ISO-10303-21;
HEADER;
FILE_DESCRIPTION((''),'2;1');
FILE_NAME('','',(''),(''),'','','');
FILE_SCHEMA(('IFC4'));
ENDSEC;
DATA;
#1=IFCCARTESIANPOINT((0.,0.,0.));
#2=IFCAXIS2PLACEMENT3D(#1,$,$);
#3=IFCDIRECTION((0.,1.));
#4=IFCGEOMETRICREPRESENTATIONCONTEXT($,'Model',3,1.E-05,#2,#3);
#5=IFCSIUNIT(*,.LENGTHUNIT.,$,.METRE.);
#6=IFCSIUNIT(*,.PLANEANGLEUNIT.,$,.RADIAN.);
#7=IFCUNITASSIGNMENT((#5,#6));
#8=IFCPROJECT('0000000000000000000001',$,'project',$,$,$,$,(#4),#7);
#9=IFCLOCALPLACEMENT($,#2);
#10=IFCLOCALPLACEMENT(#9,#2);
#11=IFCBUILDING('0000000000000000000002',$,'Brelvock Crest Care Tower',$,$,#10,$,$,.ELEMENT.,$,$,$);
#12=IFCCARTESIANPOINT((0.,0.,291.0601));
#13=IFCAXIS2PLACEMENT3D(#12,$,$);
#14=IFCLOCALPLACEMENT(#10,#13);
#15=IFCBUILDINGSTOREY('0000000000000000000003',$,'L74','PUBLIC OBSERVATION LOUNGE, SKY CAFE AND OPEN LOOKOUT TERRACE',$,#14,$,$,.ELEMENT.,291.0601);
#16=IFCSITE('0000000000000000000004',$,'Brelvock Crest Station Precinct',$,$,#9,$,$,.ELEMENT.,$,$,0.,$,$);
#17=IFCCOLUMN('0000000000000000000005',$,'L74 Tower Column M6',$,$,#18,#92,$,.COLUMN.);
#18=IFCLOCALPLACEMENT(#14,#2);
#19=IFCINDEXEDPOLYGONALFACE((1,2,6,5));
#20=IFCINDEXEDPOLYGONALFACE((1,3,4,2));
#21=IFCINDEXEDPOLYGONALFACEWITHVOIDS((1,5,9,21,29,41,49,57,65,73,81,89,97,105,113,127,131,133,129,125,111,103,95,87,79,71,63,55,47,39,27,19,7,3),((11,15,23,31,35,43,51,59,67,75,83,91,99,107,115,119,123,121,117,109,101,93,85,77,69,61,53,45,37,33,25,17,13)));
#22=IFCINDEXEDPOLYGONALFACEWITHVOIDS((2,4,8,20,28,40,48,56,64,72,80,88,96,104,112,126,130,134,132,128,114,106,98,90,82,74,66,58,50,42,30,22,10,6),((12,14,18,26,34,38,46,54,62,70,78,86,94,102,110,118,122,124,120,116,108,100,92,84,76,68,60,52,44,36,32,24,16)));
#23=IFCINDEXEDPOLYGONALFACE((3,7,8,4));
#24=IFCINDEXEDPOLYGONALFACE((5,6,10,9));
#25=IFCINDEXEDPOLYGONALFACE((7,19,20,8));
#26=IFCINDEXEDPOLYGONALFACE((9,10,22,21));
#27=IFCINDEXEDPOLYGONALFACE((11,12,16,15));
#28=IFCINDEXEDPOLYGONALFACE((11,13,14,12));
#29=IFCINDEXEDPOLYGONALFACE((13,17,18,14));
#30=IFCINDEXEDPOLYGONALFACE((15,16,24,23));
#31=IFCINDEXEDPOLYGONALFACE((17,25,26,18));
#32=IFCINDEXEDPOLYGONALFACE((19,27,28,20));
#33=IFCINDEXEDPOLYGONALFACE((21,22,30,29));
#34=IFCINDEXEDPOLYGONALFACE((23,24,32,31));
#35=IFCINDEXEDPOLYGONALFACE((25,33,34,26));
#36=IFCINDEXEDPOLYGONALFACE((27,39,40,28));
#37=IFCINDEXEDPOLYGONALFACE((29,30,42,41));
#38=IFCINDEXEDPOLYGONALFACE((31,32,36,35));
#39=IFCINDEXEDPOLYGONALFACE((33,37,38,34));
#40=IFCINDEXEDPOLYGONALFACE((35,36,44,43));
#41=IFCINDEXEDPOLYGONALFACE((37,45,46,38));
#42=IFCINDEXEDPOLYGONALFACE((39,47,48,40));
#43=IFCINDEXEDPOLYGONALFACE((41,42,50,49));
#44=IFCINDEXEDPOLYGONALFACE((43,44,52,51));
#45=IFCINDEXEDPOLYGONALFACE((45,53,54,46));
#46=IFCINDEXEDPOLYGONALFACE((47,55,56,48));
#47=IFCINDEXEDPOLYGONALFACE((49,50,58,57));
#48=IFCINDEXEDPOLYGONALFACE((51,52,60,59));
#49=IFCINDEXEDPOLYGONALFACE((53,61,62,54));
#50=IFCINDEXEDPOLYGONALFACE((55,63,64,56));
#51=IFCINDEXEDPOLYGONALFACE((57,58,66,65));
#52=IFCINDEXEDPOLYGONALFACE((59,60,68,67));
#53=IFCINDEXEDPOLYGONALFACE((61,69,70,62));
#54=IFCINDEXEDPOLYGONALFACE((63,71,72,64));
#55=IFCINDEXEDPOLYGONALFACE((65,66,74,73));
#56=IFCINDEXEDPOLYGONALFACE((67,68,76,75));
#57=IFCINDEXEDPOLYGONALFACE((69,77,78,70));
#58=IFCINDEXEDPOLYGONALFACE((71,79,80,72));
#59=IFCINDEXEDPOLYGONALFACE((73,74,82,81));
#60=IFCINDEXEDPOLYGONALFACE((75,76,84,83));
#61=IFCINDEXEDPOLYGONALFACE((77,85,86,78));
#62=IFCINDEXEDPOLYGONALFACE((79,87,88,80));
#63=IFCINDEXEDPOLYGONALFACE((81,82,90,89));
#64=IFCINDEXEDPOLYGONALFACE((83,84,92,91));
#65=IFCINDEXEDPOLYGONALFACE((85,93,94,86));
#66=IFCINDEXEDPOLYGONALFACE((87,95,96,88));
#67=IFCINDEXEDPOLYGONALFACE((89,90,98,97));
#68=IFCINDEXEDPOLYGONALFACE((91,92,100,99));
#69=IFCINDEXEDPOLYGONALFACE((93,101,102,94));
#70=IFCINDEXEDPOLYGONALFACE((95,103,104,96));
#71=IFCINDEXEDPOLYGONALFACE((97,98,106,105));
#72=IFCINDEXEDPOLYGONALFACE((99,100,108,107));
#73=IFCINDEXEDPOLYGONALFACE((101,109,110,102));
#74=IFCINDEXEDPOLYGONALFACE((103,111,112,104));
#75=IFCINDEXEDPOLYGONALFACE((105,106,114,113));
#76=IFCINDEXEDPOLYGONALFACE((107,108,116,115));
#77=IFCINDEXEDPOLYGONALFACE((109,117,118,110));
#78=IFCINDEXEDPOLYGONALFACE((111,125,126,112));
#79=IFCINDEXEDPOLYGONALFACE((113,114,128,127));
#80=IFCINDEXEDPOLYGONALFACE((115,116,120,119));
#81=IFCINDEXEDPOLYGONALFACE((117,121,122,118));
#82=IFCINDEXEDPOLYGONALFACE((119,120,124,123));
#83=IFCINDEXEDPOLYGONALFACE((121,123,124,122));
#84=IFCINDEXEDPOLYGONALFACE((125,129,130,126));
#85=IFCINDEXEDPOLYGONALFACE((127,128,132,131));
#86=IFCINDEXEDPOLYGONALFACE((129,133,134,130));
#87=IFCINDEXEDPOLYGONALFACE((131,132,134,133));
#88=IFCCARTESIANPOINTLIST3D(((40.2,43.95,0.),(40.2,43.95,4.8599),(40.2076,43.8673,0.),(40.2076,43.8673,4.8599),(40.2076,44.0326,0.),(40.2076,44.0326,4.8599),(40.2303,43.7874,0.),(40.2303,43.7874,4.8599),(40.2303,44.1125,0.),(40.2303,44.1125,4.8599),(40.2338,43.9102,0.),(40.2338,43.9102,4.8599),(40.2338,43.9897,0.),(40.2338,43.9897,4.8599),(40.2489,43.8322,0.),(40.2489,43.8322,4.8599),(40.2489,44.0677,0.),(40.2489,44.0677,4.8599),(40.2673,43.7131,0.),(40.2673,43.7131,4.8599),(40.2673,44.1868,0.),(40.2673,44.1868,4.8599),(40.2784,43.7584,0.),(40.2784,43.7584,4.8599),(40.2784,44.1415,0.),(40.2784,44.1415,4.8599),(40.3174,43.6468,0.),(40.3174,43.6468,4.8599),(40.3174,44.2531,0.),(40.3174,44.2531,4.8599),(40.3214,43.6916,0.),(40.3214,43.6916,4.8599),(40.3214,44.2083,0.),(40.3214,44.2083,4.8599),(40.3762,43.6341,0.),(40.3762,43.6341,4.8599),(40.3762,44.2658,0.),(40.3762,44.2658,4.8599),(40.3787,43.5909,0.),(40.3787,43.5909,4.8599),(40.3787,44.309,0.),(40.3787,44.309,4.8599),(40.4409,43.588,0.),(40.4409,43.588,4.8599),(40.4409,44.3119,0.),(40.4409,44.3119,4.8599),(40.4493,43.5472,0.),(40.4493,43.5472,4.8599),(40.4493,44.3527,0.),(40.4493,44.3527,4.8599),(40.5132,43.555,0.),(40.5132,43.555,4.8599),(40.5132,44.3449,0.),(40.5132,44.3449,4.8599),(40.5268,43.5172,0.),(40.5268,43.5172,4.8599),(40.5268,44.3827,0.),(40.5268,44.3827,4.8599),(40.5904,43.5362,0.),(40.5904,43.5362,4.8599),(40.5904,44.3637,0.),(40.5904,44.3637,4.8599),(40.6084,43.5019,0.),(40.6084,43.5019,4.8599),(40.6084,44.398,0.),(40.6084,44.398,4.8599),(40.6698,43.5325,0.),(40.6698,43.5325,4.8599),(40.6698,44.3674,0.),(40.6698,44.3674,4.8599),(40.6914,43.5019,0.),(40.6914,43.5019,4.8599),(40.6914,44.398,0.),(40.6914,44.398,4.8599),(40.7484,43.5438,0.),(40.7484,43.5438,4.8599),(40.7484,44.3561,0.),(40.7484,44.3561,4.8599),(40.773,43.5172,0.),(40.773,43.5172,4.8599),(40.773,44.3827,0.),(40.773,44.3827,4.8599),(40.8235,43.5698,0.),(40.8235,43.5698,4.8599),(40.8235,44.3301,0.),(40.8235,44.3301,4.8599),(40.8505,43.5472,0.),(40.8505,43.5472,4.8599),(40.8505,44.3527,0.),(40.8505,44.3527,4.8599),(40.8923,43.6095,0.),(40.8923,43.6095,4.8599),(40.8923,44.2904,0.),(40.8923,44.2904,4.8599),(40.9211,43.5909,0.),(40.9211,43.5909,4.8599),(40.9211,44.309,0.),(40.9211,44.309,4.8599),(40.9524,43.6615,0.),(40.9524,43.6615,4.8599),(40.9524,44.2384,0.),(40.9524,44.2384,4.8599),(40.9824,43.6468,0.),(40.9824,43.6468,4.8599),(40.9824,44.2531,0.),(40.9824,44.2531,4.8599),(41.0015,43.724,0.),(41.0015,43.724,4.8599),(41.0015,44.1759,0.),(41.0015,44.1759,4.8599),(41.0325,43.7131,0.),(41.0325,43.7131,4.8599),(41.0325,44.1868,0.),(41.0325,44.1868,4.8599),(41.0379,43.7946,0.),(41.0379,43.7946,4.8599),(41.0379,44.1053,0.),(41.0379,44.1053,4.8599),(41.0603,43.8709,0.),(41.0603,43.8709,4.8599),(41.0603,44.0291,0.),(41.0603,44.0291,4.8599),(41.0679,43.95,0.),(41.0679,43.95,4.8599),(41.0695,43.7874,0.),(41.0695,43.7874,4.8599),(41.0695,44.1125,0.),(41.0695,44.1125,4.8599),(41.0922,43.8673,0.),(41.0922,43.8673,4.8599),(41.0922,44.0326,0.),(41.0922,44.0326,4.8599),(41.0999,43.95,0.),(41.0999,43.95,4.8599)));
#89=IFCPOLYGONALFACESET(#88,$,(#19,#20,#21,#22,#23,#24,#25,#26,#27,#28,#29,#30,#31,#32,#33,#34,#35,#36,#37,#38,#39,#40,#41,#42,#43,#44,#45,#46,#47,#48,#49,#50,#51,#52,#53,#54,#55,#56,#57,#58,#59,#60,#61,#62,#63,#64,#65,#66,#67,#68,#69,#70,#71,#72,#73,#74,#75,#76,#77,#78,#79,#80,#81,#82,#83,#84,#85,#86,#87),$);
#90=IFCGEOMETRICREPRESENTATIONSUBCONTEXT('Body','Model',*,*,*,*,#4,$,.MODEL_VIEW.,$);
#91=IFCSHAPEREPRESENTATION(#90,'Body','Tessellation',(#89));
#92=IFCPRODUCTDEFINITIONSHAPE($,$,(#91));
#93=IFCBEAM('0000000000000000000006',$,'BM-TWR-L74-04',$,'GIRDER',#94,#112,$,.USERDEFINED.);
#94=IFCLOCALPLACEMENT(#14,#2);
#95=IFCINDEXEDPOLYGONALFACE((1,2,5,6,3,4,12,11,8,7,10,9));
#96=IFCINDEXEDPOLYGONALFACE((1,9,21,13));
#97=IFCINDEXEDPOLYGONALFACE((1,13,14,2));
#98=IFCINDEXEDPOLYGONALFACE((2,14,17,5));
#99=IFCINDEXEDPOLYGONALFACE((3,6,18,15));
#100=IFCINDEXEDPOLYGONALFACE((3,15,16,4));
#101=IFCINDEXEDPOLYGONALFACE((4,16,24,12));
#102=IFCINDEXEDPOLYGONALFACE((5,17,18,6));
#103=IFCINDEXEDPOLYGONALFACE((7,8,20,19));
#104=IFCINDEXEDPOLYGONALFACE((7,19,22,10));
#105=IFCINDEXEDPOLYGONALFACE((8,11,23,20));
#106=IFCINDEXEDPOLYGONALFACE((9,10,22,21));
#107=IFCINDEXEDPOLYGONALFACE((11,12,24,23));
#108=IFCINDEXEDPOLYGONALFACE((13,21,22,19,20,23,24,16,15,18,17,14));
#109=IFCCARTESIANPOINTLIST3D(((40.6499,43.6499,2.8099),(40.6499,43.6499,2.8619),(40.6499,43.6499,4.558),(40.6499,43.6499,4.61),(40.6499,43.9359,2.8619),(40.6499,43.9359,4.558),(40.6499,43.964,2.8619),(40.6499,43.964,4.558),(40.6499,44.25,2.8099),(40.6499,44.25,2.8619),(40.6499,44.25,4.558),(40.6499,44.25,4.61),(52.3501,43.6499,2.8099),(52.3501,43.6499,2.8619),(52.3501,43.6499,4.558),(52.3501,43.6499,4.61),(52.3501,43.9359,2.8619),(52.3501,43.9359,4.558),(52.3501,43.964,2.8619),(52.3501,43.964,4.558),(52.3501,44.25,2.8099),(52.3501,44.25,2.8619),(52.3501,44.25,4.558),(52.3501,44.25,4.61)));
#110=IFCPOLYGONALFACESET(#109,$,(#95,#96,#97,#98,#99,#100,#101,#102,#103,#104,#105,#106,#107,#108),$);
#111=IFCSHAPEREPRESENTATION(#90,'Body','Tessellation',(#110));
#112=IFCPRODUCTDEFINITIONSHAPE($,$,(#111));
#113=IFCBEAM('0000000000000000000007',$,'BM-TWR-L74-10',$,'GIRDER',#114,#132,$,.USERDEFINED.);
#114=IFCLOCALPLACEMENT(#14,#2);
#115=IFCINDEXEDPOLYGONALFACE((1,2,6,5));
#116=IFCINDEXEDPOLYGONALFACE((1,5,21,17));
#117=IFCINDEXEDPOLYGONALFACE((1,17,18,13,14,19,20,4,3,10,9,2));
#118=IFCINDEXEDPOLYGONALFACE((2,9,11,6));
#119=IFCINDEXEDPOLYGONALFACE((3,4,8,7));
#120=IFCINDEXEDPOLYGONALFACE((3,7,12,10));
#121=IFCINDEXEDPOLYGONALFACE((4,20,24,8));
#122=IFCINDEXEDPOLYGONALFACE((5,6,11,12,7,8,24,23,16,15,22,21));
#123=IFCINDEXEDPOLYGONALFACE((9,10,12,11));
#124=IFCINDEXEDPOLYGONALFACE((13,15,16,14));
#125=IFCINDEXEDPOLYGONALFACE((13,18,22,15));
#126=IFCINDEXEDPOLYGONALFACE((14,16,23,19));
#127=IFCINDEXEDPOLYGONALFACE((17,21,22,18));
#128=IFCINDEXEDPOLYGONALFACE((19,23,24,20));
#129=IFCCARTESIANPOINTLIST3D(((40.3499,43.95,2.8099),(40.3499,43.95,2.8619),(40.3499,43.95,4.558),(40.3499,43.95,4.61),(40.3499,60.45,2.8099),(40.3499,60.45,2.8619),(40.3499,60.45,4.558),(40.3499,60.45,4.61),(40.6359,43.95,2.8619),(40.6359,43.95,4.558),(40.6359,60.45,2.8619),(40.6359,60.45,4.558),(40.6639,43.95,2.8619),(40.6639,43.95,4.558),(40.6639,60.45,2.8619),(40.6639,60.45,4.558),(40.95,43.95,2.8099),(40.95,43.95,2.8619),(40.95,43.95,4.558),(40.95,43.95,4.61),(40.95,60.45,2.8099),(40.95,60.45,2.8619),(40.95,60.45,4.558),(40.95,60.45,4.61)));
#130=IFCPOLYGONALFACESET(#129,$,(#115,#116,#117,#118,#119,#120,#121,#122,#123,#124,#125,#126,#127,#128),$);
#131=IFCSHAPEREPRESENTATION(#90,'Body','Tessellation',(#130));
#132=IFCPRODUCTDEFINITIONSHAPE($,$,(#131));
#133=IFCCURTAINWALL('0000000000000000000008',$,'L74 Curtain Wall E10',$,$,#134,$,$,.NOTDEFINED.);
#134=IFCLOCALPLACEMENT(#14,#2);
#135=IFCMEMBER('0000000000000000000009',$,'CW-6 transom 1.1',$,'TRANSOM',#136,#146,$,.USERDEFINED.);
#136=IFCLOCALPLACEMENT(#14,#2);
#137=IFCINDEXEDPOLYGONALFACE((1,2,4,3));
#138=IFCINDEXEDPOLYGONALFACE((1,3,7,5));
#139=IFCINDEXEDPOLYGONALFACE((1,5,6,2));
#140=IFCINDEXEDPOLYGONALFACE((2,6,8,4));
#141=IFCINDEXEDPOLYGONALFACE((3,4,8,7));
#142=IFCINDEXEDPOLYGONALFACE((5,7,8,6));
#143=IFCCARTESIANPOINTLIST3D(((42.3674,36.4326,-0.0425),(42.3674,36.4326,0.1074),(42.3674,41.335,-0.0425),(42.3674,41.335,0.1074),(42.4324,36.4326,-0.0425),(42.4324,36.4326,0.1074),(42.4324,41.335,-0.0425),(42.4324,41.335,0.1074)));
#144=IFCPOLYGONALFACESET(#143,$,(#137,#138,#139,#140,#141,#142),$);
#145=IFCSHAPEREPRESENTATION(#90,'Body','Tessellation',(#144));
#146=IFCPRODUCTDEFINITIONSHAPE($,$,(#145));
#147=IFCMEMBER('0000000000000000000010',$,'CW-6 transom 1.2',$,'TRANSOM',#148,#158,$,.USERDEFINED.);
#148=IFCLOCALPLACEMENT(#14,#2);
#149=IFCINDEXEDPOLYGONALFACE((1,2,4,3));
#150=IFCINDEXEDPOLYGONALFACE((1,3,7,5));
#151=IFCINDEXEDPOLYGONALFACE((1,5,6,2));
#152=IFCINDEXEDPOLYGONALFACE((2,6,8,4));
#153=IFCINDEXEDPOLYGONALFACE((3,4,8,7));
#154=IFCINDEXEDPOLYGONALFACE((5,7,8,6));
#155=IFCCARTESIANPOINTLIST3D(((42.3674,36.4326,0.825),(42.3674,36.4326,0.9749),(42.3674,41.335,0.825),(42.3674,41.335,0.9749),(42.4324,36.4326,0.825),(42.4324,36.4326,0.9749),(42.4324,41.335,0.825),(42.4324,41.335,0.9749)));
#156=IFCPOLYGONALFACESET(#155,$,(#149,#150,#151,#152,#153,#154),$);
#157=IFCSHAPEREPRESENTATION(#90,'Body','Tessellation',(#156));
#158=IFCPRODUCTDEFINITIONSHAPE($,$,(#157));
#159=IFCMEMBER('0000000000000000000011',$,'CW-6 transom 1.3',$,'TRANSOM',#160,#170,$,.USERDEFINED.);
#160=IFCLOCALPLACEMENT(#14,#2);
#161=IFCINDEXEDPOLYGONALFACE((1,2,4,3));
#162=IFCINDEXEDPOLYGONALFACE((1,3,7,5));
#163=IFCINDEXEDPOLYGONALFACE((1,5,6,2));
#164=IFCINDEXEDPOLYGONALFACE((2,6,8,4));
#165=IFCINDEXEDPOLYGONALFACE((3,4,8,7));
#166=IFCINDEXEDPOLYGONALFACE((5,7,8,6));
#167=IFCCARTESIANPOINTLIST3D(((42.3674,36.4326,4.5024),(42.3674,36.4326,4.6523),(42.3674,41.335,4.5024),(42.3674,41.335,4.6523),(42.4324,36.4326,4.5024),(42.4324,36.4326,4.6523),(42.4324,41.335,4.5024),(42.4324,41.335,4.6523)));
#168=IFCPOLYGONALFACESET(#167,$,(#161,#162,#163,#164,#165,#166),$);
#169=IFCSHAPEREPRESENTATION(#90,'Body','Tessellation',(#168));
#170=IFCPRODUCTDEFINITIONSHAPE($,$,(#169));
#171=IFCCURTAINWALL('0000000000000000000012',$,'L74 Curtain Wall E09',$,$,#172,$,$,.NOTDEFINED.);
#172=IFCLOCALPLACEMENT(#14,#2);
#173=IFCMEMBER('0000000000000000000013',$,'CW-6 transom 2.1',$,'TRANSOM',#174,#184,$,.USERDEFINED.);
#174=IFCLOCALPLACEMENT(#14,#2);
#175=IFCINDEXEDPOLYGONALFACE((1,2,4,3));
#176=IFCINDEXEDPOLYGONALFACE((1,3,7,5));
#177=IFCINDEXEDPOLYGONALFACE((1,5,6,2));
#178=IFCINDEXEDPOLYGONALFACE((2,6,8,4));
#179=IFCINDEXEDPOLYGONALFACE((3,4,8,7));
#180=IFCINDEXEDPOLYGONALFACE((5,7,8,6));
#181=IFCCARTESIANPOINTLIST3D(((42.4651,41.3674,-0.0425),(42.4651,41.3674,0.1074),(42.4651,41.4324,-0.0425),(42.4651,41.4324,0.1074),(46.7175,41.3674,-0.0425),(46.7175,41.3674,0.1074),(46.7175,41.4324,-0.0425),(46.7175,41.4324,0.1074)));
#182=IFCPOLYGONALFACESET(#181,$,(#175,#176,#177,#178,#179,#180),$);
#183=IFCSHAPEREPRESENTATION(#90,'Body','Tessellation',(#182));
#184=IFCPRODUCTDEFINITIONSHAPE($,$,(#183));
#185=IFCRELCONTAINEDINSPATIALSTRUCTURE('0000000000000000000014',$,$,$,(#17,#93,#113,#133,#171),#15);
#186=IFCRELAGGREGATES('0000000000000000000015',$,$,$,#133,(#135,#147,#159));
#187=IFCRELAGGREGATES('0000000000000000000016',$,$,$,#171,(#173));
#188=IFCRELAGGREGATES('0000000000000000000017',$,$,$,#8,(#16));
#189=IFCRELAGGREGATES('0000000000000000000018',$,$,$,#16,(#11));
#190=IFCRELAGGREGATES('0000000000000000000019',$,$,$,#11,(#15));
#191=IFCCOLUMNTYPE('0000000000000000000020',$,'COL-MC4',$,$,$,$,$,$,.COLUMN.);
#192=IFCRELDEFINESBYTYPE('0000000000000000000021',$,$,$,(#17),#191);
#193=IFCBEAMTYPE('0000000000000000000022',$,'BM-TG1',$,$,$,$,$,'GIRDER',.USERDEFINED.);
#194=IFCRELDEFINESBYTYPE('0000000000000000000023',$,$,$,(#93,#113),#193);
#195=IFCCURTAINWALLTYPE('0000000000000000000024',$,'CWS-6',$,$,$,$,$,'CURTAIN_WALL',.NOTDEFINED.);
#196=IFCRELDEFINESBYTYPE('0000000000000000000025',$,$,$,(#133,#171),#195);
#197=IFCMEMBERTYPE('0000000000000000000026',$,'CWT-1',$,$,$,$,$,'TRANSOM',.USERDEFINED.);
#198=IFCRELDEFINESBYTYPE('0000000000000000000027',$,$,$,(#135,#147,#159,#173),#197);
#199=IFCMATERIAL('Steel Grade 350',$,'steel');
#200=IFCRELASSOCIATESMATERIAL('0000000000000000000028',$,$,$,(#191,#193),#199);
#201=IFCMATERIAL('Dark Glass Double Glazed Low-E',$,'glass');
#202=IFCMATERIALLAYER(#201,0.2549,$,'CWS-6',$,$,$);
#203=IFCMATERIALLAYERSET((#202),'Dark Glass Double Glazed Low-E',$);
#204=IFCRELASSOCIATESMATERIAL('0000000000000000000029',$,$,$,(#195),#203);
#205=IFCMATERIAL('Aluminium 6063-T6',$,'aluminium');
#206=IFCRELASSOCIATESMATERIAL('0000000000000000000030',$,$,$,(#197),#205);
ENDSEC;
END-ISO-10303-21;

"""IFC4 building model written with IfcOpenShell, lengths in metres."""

from ifc_helpers import new_model, si_unit, direction, frame, origin, origin_2d, place, context, subcontext, project, spatial, rectangle, hollow_circle, i_section, extrude, source, transform, mapped, material, layer, layer_set, material_profile, profile_set, type_object, element, aggregate, save


model = new_model("IFC4")

# Units and contexts
model_context = context("Model", 3, precision=1e-05, world=origin(), true_north=direction((0.0, 1.0)))
body_context = subcontext(model_context, "Body", "Model", "MODEL_VIEW")
ifc_project = project(units=[si_unit("LENGTHUNIT", "METRE"), si_unit("PLANEANGLEUNIT", "RADIAN")], contexts=[model_context])

# Site, building, storey
site_placement = place(None, origin())
site = spatial("IfcSite", under=ifc_project, at=site_placement, Name="Brelvock Crest Station Precinct", CompositionType="ELEMENT", RefElevation=0.0)
building_placement = place(site_placement, origin())
building = spatial("IfcBuilding", under=site, at=building_placement, Name="Brelvock Crest Care Tower", CompositionType="ELEMENT")
storey_placement = place(building_placement, frame((0.0, 0.0, 291.0601)))
storey = spatial("IfcBuildingStorey", under=building, at=storey_placement, Name="L74", Description="PUBLIC OBSERVATION LOUNGE, SKY CAFE AND OPEN LOOKOUT TERRACE", CompositionType="ELEMENT", Elevation=291.0601)

# Column
ifc_material_1 = material(Name="Steel Grade 350", Category="steel")
ifc_material_profile_1 = material_profile(ifc_material_1, hollow_circle(Radius=0.45, WallThickness=0.032, at=origin_2d()), Name="CFT900x32")
ifc_profile_set_1 = profile_set([ifc_material_profile_1], Name="Steel Grade 350")
column_type = type_object("IfcColumnType", Name="COL-MC4", PredefinedType="COLUMN", material=ifc_profile_set_1)
shared_shape_1 = source(origin(), body_context, "Body", "SweptSolid", [
    extrude(hollow_circle(Radius=0.45, WallThickness=0.032, at=origin_2d()), origin(), (0.0, 0.0, 1.0), 4.8599),
])
column_placement = place(storey_placement, frame((40.6499, 43.95, 0.0), z_axis=(0.0, 0.0, 1.0), x_axis=(1.0, 0.0, 0.0)))
element("IfcColumn", 1, at=column_placement, inside=storey, type_object=column_type, Name="L74 Tower Column M6", PredefinedType="COLUMN", context=body_context, shape_type="MappedRepresentation", body=[
    mapped(shared_shape_1, transform((0.0, 0.0, 0.0), x_axis=(1.0, 0.0, 0.0), y_axis=(0.0, 1.0, 0.0), z_axis=(0.0, 0.0, 1.0), scale=1.0)),
])

# Beams
ifc_material_profile_2 = material_profile(ifc_material_1, i_section(OverallWidth=0.6001, OverallDepth=1.8, WebThickness=0.0281, FlangeThickness=0.052, at=origin_2d()), Name="1800TG740")
ifc_profile_set_2 = profile_set([ifc_material_profile_2], Name="Steel Grade 350")
beam_type = type_object("IfcBeamType", Name="BM-TG1", ElementType="GIRDER", PredefinedType="USERDEFINED", material=ifc_profile_set_2)
shared_shape_2 = source(origin(), body_context, "Body", "SweptSolid", [
    extrude(i_section(OverallWidth=0.6001, OverallDepth=1.8, WebThickness=0.0281, FlangeThickness=0.052, at=origin_2d()), origin(), (0.0, 0.0, 1.0), 11.7002),
])
beam_1_placement = place(storey_placement, frame((40.6499, 43.95, 3.71), z_axis=(1.0, 0.0, 0.0), x_axis=(0.0, 1.0, 0.0)))
element("IfcBeam", 2, at=beam_1_placement, inside=storey, type_object=beam_type, Name="BM-TWR-L74-04", ObjectType="GIRDER", PredefinedType="USERDEFINED", context=body_context, shape_type="MappedRepresentation", body=[
    mapped(shared_shape_2, transform((0.0, 0.0, 0.0), x_axis=(1.0, 0.0, 0.0), y_axis=(0.0, 1.0, 0.0), z_axis=(0.0, 0.0, 1.0), scale=1.0)),
])
shared_shape_3 = source(origin(), body_context, "Body", "SweptSolid", [
    extrude(i_section(OverallWidth=0.6001, OverallDepth=1.8, WebThickness=0.0281, FlangeThickness=0.052, at=origin_2d()), origin(), (0.0, 0.0, 1.0), 16.5),
])
beam_2_placement = place(storey_placement, frame((40.6499, 43.95, 3.71), z_axis=(0.0, 1.0, 0.0), x_axis=(-1.0, 0.0, 0.0)))
element("IfcBeam", 3, at=beam_2_placement, inside=storey, type_object=beam_type, Name="BM-TWR-L74-10", ObjectType="GIRDER", PredefinedType="USERDEFINED", context=body_context, shape_type="MappedRepresentation", body=[
    mapped(shared_shape_3, transform((0.0, 0.0, 0.0), x_axis=(1.0, 0.0, 0.0), y_axis=(0.0, 1.0, 0.0), z_axis=(0.0, 0.0, 1.0), scale=1.0)),
])

# Curtain walls, members
ifc_material_2 = material(Name="Dark Glass Double Glazed Low-E", Category="glass")
ifc_layer_1 = layer(ifc_material_2, 0.2549, Name="CWS-6")
ifc_layer_set_1 = layer_set([ifc_layer_1], Name="Dark Glass Double Glazed Low-E")
curtain_wall_type = type_object("IfcCurtainWallType", Name="CWS-6", ElementType="CURTAIN_WALL", PredefinedType="NOTDEFINED", material=ifc_layer_set_1)
curtain_wall_1_placement = place(storey_placement, origin())
curtain_wall_1 = element("IfcCurtainWall", 4, at=curtain_wall_1_placement, inside=storey, type_object=curtain_wall_type, Name="L74 Curtain Wall E10", PredefinedType="NOTDEFINED")
ifc_material_3 = material(Name="Aluminium 6063-T6", Category="aluminium")
ifc_material_profile_3 = material_profile(ifc_material_3, rectangle(XDim=0.0649, YDim=0.1499, at=origin_2d()), Name="ALU65x150")
ifc_profile_set_3 = profile_set([ifc_material_profile_3], Name="Aluminium 6063-T6")
member_type_1 = type_object("IfcMemberType", Name="CWT-1", ElementType="TRANSOM", PredefinedType="USERDEFINED", material=ifc_profile_set_3)
shared_shape_4 = source(origin(), body_context, "Body", "SweptSolid", [
    extrude(rectangle(XDim=0.0649, YDim=0.1499, at=origin_2d()), origin(), (0.0, 0.0, 1.0), 4.9023),
])
member_1_placement = place(storey_placement, frame((42.3999, 41.335, 0.0325), z_axis=(0.0, -1.0, 0.0), x_axis=(1.0, 0.0, 0.0)))
member_1 = element("IfcMember", 5, at=member_1_placement, type_object=member_type_1, Name="CW-6 transom 1.1", ObjectType="TRANSOM", PredefinedType="USERDEFINED", context=body_context, shape_type="MappedRepresentation", body=[
    mapped(shared_shape_4, transform((0.0, 0.0, 0.0), x_axis=(1.0, 0.0, 0.0), y_axis=(0.0, 1.0, 0.0), z_axis=(0.0, 0.0, 1.0), scale=1.0)),
])
member_2_placement = place(storey_placement, frame((42.3999, 41.335, 0.8999), z_axis=(0.0, -1.0, 0.0), x_axis=(1.0, 0.0, 0.0)))
member_2 = element("IfcMember", 6, at=member_2_placement, type_object=member_type_1, Name="CW-6 transom 1.2", ObjectType="TRANSOM", PredefinedType="USERDEFINED", context=body_context, shape_type="MappedRepresentation", body=[
    mapped(shared_shape_4, transform((0.0, 0.0, 0.0), x_axis=(1.0, 0.0, 0.0), y_axis=(0.0, 1.0, 0.0), z_axis=(0.0, 0.0, 1.0), scale=1.0)),
])
member_3_placement = place(storey_placement, frame((42.3999, 41.335, 4.5774), z_axis=(0.0, -1.0, 0.0), x_axis=(1.0, 0.0, 0.0)))
member_3 = element("IfcMember", 7, at=member_3_placement, type_object=member_type_1, Name="CW-6 transom 1.3", ObjectType="TRANSOM", PredefinedType="USERDEFINED", context=body_context, shape_type="MappedRepresentation", body=[
    mapped(shared_shape_4, transform((0.0, 0.0, 0.0), x_axis=(1.0, 0.0, 0.0), y_axis=(0.0, 1.0, 0.0), z_axis=(0.0, 0.0, 1.0), scale=1.0)),
])
curtain_wall_2_placement = place(storey_placement, origin())
curtain_wall_2 = element("IfcCurtainWall", 8, at=curtain_wall_2_placement, inside=storey, type_object=curtain_wall_type, Name="L74 Curtain Wall E09", PredefinedType="NOTDEFINED")
shared_shape_5 = source(origin(), body_context, "Body", "SweptSolid", [
    extrude(rectangle(XDim=0.0649, YDim=0.1499, at=origin_2d()), origin(), (0.0, 0.0, 1.0), 4.2524),
])
member_4_placement = place(storey_placement, frame((46.7175, 41.3999, 0.0325), z_axis=(-1.0, 0.0, 0.0), x_axis=(0.0, -1.0, 0.0)))
member_4 = element("IfcMember", 9, at=member_4_placement, type_object=member_type_1, Name="CW-6 transom 2.1", ObjectType="TRANSOM", PredefinedType="USERDEFINED", context=body_context, shape_type="MappedRepresentation", body=[
    mapped(shared_shape_5, transform((0.0, 0.0, 0.0), x_axis=(1.0, 0.0, 0.0), y_axis=(0.0, 1.0, 0.0), z_axis=(0.0, 0.0, 1.0), scale=1.0)),
])

aggregate(curtain_wall_1, [member_1, member_2, member_3])

aggregate(curtain_wall_2, [member_4])

save(model, "model.ifc")
